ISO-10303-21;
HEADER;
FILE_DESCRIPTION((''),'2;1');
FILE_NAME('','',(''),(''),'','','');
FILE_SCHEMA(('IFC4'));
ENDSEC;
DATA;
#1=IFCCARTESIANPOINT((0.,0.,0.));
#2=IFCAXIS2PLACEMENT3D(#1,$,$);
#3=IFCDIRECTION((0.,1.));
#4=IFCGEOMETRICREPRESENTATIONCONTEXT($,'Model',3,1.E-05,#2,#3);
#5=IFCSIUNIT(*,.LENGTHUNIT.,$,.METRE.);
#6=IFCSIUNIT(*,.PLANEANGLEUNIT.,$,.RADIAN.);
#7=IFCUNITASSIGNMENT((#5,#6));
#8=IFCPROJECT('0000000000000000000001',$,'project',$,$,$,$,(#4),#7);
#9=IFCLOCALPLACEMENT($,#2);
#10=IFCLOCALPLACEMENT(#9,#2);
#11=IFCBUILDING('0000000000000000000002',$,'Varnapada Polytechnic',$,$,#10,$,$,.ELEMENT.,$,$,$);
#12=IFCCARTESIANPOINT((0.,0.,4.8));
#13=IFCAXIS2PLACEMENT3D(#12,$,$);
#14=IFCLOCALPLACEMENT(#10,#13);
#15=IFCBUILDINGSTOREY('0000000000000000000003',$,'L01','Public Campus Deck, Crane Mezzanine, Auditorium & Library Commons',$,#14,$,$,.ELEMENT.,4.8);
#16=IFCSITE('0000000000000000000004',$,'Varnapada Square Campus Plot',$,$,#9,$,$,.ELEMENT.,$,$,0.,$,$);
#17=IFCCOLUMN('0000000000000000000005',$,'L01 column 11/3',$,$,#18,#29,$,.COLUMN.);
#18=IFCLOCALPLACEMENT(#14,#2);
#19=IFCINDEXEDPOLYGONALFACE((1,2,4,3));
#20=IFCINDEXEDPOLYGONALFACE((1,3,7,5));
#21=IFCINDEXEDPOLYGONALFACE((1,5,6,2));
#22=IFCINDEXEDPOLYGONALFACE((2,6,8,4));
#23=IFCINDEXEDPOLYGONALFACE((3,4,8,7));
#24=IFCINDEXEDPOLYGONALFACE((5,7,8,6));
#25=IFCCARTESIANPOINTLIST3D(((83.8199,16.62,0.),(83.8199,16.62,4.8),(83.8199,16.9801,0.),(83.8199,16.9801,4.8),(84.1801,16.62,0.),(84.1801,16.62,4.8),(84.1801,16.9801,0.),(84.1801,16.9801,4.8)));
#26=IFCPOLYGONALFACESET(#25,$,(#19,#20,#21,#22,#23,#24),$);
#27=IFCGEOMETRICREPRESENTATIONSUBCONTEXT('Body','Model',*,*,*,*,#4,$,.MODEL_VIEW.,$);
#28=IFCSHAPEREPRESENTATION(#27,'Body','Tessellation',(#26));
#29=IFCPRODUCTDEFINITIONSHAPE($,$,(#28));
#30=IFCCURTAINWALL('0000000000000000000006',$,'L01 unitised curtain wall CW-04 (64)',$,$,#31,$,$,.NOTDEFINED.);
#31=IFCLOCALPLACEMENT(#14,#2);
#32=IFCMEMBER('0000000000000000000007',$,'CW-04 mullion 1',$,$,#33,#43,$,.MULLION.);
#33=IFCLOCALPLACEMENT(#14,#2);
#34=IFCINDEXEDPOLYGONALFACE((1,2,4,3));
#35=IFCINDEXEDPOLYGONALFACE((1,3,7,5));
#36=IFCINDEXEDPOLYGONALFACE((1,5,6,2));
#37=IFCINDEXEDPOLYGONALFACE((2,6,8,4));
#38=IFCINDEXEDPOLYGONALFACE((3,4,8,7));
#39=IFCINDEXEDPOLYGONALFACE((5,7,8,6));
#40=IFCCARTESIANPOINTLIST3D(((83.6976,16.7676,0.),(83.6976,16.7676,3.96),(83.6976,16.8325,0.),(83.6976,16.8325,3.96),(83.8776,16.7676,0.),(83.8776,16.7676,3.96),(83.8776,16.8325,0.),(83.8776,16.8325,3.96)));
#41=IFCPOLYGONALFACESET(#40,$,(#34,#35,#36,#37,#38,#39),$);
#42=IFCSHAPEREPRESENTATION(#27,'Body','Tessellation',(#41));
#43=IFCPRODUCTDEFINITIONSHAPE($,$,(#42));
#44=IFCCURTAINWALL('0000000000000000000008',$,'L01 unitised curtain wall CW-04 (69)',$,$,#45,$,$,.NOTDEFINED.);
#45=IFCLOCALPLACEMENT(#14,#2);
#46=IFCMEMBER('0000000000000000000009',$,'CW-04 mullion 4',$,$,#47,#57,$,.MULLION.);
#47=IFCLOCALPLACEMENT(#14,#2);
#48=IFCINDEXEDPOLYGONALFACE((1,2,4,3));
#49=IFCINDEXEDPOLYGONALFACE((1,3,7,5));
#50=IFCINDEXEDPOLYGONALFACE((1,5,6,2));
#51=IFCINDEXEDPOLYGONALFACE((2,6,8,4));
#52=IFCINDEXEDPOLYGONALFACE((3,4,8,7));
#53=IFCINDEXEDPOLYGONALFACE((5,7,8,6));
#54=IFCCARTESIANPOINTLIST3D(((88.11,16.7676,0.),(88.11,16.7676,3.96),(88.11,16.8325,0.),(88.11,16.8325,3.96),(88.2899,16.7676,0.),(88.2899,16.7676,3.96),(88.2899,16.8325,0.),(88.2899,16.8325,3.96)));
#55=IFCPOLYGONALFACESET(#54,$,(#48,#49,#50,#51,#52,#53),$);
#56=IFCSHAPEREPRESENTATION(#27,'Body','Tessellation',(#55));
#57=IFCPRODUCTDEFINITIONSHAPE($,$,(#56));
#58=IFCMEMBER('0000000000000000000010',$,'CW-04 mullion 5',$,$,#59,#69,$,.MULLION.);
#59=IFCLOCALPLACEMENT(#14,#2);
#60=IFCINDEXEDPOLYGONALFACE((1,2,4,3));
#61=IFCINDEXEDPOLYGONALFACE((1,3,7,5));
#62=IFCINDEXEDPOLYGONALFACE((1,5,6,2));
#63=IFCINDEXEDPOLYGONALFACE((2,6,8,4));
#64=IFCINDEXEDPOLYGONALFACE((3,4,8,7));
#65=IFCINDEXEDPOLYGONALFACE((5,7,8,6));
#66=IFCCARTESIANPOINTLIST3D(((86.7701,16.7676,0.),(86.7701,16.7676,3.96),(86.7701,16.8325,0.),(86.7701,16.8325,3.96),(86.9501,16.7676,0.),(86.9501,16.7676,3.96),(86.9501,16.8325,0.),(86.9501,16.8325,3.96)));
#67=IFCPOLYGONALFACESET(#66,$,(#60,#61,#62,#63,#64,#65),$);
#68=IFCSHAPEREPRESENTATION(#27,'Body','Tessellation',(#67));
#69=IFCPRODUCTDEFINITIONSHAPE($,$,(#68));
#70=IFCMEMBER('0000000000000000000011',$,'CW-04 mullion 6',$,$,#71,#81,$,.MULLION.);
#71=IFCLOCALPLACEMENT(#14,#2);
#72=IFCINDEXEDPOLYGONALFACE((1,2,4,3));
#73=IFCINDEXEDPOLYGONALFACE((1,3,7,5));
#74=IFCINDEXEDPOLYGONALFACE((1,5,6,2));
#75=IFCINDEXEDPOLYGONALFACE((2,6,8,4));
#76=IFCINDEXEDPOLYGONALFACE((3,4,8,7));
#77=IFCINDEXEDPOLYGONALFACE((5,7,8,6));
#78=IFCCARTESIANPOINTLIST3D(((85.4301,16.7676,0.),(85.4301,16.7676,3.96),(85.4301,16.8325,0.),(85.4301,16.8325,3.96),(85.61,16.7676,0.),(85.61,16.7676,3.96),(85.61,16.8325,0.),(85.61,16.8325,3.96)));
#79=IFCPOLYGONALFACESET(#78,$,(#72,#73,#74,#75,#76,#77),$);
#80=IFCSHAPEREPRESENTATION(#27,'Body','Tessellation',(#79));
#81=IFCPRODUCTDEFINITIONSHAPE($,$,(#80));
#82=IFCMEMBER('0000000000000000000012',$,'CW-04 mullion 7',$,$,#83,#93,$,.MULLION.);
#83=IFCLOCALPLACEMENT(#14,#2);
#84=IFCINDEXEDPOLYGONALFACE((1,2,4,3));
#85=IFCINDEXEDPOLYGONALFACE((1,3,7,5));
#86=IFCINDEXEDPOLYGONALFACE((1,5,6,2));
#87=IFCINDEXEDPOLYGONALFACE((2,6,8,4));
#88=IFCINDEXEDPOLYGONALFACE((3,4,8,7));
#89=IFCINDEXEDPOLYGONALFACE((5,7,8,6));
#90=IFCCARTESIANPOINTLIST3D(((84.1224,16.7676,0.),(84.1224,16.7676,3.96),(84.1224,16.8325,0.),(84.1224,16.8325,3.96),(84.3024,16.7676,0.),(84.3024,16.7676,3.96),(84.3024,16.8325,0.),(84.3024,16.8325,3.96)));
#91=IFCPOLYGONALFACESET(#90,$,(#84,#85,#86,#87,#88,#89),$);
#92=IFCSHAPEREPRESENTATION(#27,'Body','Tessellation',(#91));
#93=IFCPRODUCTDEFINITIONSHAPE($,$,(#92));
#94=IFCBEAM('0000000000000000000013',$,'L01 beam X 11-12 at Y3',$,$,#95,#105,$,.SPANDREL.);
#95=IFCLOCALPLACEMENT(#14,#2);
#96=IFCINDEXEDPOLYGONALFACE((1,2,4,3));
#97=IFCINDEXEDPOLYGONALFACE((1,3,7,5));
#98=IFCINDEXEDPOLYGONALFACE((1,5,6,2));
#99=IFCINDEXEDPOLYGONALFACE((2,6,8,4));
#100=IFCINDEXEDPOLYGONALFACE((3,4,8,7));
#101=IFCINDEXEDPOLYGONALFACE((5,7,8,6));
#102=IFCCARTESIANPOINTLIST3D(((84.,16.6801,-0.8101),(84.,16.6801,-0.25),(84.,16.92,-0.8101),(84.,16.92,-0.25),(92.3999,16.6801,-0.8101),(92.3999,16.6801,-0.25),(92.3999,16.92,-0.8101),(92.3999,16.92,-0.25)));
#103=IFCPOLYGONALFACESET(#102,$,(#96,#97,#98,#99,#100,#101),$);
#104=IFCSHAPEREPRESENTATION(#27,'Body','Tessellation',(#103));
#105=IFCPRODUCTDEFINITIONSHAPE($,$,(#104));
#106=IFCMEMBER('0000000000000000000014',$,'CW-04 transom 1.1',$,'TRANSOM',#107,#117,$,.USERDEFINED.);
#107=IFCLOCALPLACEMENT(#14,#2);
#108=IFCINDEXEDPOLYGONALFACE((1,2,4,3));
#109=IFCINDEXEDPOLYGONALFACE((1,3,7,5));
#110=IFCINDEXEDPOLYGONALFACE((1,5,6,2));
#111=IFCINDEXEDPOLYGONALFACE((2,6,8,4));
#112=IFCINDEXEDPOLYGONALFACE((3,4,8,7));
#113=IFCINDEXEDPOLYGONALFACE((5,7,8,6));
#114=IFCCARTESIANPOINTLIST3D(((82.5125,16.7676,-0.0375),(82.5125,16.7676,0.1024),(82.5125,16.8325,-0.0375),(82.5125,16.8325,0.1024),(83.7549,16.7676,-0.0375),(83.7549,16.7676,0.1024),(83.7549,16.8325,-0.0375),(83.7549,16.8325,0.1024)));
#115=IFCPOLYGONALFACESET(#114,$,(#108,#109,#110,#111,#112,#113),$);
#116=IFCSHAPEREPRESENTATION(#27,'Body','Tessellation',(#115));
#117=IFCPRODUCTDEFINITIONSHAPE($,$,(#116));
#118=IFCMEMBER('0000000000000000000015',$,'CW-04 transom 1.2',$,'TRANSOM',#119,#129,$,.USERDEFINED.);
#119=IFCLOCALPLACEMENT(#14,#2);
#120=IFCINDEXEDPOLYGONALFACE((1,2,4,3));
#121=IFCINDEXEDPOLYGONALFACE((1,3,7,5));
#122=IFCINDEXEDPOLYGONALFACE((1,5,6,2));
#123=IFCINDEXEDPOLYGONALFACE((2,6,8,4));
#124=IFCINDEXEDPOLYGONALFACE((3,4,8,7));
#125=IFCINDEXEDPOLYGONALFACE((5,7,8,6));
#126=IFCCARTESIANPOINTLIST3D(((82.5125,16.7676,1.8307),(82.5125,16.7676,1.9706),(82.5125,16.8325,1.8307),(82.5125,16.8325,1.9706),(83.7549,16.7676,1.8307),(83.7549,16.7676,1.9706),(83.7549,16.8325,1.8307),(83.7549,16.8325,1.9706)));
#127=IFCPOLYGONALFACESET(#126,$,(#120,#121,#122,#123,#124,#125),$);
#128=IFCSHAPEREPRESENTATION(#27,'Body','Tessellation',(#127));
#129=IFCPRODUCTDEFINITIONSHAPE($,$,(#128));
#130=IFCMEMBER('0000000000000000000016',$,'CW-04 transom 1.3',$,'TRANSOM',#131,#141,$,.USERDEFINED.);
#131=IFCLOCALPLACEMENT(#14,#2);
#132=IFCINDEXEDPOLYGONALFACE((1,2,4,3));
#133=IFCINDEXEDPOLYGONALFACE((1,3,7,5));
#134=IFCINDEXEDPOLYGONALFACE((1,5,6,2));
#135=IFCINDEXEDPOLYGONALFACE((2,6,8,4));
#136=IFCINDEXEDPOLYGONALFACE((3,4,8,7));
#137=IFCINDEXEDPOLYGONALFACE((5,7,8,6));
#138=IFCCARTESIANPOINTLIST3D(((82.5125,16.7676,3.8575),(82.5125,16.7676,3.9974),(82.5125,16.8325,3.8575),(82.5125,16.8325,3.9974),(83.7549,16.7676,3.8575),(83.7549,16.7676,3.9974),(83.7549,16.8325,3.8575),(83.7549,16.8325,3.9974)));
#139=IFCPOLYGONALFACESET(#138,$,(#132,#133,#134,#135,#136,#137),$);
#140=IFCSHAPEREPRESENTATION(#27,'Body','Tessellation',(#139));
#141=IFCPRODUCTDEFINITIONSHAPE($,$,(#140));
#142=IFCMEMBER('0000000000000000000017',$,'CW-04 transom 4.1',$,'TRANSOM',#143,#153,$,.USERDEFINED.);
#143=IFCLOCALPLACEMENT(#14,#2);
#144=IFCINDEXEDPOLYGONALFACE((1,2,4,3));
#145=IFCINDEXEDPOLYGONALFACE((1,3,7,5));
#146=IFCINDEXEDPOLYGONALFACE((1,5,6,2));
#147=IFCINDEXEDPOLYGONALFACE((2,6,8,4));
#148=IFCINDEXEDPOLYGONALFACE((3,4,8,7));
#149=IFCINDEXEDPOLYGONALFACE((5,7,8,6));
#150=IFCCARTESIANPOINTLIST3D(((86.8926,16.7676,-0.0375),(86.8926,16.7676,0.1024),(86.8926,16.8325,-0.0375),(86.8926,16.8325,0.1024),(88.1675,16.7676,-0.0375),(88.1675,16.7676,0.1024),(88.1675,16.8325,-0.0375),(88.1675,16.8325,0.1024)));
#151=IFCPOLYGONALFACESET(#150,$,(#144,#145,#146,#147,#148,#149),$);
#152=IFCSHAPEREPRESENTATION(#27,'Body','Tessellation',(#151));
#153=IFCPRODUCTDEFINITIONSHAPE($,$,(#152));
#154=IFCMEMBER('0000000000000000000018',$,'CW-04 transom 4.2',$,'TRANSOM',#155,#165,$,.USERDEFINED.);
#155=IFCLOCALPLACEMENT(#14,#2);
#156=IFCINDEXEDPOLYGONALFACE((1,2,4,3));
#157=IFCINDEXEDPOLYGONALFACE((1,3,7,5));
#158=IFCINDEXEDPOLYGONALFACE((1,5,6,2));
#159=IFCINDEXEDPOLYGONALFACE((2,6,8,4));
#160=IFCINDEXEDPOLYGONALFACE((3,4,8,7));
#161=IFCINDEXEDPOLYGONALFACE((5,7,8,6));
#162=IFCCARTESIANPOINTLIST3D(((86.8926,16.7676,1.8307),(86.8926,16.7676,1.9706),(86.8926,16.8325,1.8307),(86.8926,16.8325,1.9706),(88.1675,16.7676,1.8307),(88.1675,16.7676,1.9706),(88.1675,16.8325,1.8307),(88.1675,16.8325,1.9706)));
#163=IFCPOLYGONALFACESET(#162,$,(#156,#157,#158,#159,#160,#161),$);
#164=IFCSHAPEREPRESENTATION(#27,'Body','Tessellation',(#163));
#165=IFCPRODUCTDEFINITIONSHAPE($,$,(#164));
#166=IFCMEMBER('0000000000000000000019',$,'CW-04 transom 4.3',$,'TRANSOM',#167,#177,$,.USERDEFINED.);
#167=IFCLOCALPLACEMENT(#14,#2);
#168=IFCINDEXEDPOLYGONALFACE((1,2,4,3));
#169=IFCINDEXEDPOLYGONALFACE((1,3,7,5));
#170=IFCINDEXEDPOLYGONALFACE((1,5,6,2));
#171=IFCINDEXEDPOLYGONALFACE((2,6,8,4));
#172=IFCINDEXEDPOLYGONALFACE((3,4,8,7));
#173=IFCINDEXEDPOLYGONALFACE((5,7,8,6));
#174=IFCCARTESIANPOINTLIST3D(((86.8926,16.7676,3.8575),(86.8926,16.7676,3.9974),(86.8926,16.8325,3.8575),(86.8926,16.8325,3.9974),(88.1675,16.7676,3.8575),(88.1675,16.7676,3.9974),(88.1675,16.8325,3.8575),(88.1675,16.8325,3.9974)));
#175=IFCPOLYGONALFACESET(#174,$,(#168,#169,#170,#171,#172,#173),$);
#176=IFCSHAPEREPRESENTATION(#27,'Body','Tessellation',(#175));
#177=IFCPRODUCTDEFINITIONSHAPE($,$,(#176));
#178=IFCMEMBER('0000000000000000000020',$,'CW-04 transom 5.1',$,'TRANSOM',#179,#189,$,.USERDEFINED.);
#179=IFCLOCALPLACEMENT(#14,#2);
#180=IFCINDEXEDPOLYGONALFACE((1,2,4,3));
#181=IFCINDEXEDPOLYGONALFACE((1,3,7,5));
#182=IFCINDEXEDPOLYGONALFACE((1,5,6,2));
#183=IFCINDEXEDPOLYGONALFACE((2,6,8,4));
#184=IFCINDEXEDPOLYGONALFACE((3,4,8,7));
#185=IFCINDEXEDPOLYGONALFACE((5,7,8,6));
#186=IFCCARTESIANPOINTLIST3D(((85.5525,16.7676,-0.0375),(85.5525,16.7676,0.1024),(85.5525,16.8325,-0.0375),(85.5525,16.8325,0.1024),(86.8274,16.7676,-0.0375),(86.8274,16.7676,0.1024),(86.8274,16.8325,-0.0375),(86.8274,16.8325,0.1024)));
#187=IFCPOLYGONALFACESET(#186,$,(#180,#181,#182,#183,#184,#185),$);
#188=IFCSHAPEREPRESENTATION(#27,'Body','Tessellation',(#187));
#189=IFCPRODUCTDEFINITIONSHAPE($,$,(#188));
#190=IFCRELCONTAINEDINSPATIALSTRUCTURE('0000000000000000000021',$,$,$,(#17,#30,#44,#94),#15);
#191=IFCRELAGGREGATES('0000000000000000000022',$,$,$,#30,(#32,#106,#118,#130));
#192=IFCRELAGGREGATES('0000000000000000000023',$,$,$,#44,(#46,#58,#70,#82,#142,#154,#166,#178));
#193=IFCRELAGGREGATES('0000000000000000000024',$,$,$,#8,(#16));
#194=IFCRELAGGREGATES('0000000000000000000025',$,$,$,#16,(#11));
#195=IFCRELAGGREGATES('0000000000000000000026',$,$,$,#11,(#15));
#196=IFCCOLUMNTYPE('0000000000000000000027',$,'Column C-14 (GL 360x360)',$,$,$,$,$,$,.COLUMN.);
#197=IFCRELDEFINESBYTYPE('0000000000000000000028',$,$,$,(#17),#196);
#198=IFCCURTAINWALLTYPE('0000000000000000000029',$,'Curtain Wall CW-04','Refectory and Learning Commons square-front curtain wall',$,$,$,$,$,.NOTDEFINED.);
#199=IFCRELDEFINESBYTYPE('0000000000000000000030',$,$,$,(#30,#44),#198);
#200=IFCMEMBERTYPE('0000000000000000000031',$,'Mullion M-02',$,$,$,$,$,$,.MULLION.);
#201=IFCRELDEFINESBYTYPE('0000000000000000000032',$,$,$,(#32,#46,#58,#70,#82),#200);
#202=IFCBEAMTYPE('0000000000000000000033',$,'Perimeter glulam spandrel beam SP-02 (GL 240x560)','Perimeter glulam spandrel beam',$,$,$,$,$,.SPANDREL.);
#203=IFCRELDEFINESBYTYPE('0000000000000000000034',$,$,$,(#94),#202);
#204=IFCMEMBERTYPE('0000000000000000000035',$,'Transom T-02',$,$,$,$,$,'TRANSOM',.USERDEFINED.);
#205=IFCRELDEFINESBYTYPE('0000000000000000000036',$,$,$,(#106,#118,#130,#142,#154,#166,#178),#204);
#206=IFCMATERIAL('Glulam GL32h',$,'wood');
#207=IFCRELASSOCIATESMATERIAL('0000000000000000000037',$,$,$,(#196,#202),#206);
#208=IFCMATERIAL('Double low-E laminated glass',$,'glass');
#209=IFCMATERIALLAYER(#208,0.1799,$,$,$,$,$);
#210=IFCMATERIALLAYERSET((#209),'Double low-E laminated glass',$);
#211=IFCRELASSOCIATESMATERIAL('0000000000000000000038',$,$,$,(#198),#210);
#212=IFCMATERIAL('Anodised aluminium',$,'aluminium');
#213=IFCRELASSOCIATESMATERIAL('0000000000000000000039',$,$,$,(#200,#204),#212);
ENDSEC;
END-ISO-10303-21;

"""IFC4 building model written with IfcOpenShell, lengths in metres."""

from ifc_helpers import new_model, si_unit, direction, frame, origin, origin_2d, place, context, subcontext, project, spatial, rectangle, extrude, material, layer, layer_set, material_profile, profile_set, type_object, element, aggregate, save


model = new_model("IFC4")

# Units and contexts
model_context = context("Model", 3, precision=1e-05, world=origin(), true_north=direction((0.0, 1.0)))
body_context = subcontext(model_context, "Body", "Model", "MODEL_VIEW")
ifc_project = project(units=[si_unit("LENGTHUNIT", "METRE"), si_unit("PLANEANGLEUNIT", "RADIAN")], contexts=[model_context])

# Site, building, storey
site_placement = place(None, origin())
site = spatial("IfcSite", under=ifc_project, at=site_placement, Name="Varnapada Square Campus Plot", CompositionType="ELEMENT", RefElevation=0.0)
building_placement = place(site_placement, origin())
building = spatial("IfcBuilding", under=site, at=building_placement, Name="Varnapada Polytechnic", CompositionType="ELEMENT")
storey_placement = place(building_placement, frame((0.0, 0.0, 4.8)))
storey = spatial("IfcBuildingStorey", under=building, at=storey_placement, Name="L01", Description="Public Campus Deck, Crane Mezzanine, Auditorium & Library Commons", CompositionType="ELEMENT", Elevation=4.8)

# Column
ifc_material_1 = material(Name="Glulam GL32h", Category="wood")
ifc_material_profile_1 = material_profile(ifc_material_1, rectangle(XDim=0.3601, YDim=0.3601, at=origin_2d()), Name="GL 360x360")
ifc_profile_set_1 = profile_set([ifc_material_profile_1], Name="Glulam GL32h")
column_type = type_object("IfcColumnType", Name="Column C-14 (GL 360x360)", PredefinedType="COLUMN", material=ifc_profile_set_1)
column_placement = place(storey_placement, frame((84.0, 16.8, 0.0), z_axis=(0.0, 0.0, 1.0), x_axis=(1.0, 0.0, 0.0)))
element("IfcColumn", 1, at=column_placement, inside=storey, type_object=column_type, Name="L01 column 11/3", PredefinedType="COLUMN", context=body_context, shape_type="SweptSolid", body=[
    extrude(rectangle(XDim=0.3601, YDim=0.3601, at=origin_2d()), origin(), (0.0, 0.0, 1.0), 4.8),
])

# Curtain wall, member
ifc_material_2 = material(Name="Double low-E laminated glass", Category="glass")
ifc_layer_1 = layer(ifc_material_2, 0.1799)
ifc_layer_set_1 = layer_set([ifc_layer_1], Name="Double low-E laminated glass")
curtain_wall_type = type_object("IfcCurtainWallType", Name="Curtain Wall CW-04", Description="Refectory and Learning Commons square-front curtain wall", PredefinedType="NOTDEFINED", material=ifc_layer_set_1)
curtain_wall_1_placement = place(storey_placement, origin())
curtain_wall_1 = element("IfcCurtainWall", 2, at=curtain_wall_1_placement, inside=storey, type_object=curtain_wall_type, Name="L01 unitised curtain wall CW-04 (64)", PredefinedType="NOTDEFINED")
ifc_material_3 = material(Name="Anodised aluminium", Category="aluminium")
ifc_material_profile_2 = material_profile(ifc_material_3, rectangle(XDim=0.0649, YDim=0.1799, at=origin_2d()), Name="ALU M65x180")
ifc_profile_set_2 = profile_set([ifc_material_profile_2], Name="Anodised aluminium")
member_type_1 = type_object("IfcMemberType", Name="Mullion M-02", PredefinedType="MULLION", material=ifc_profile_set_2)
member_1_placement = place(storey_placement, frame((83.7876, 16.8, 0.0), z_axis=(0.0, 0.0, 1.0), x_axis=(0.0, -1.0, 0.0)))
member_1 = element("IfcMember", 3, at=member_1_placement, type_object=member_type_1, Name="CW-04 mullion 1", PredefinedType="MULLION", context=body_context, shape_type="SweptSolid", body=[
    extrude(rectangle(XDim=0.0649, YDim=0.1799, at=origin_2d()), origin(), (0.0, 0.0, 1.0), 3.96),
])

# Curtain wall, members
curtain_wall_2_placement = place(storey_placement, origin())
curtain_wall_2 = element("IfcCurtainWall", 4, at=curtain_wall_2_placement, inside=storey, type_object=curtain_wall_type, Name="L01 unitised curtain wall CW-04 (69)", PredefinedType="NOTDEFINED")
member_2_placement = place(storey_placement, frame((88.2, 16.8, 0.0), z_axis=(0.0, 0.0, 1.0), x_axis=(0.0, -1.0, 0.0)))
member_2 = element("IfcMember", 5, at=member_2_placement, type_object=member_type_1, Name="CW-04 mullion 4", PredefinedType="MULLION", context=body_context, shape_type="SweptSolid", body=[
    extrude(rectangle(XDim=0.0649, YDim=0.1799, at=origin_2d()), origin(), (0.0, 0.0, 1.0), 3.96),
])
member_3_placement = place(storey_placement, frame((86.8601, 16.8, 0.0), z_axis=(0.0, 0.0, 1.0), x_axis=(0.0, -1.0, 0.0)))
member_3 = element("IfcMember", 6, at=member_3_placement, type_object=member_type_1, Name="CW-04 mullion 5", PredefinedType="MULLION", context=body_context, shape_type="SweptSolid", body=[
    extrude(rectangle(XDim=0.0649, YDim=0.1799, at=origin_2d()), origin(), (0.0, 0.0, 1.0), 3.96),
])
member_4_placement = place(storey_placement, frame((85.52, 16.8, 0.0), z_axis=(0.0, 0.0, 1.0), x_axis=(0.0, -1.0, 0.0)))
member_4 = element("IfcMember", 7, at=member_4_placement, type_object=member_type_1, Name="CW-04 mullion 6", PredefinedType="MULLION", context=body_context, shape_type="SweptSolid", body=[
    extrude(rectangle(XDim=0.0649, YDim=0.1799, at=origin_2d()), origin(), (0.0, 0.0, 1.0), 3.96),
])
member_5_placement = place(storey_placement, frame((84.2124, 16.8, 0.0), z_axis=(0.0, 0.0, 1.0), x_axis=(0.0, -1.0, 0.0)))
member_5 = element("IfcMember", 8, at=member_5_placement, type_object=member_type_1, Name="CW-04 mullion 7", PredefinedType="MULLION", context=body_context, shape_type="SweptSolid", body=[
    extrude(rectangle(XDim=0.0649, YDim=0.1799, at=origin_2d()), origin(), (0.0, 0.0, 1.0), 3.96),
])

# Beam
ifc_material_profile_3 = material_profile(ifc_material_1, rectangle(XDim=0.24, YDim=0.5601, at=origin_2d()), Name="GL 240x560")
ifc_profile_set_3 = profile_set([ifc_material_profile_3], Name="Glulam GL32h")
beam_type_1 = type_object("IfcBeamType", Name="Perimeter glulam spandrel beam SP-02 (GL 240x560)", Description="Perimeter glulam spandrel beam", PredefinedType="SPANDREL", material=ifc_profile_set_3)
beam_1_placement = place(storey_placement, frame((84.0, 16.8, -0.53), z_axis=(1.0, 0.0, 0.0), x_axis=(0.0, 1.0, 0.0)))
element("IfcBeam", 9, at=beam_1_placement, inside=storey, type_object=beam_type_1, Name="L01 beam X 11-12 at Y3", PredefinedType="SPANDREL", context=body_context, shape_type="SweptSolid", body=[
    extrude(rectangle(XDim=0.24, YDim=0.5601, at=origin_2d()), origin(), (0.0, 0.0, 1.0), 8.3999),
])

# Members
ifc_material_profile_4 = material_profile(ifc_material_3, rectangle(XDim=0.0649, YDim=0.1399, at=origin_2d()), Name="ALU T65x140")
ifc_profile_set_4 = profile_set([ifc_material_profile_4], Name="Anodised aluminium")
member_type_2 = type_object("IfcMemberType", Name="Transom T-02", ElementType="TRANSOM", PredefinedType="USERDEFINED", material=ifc_profile_set_4)
member_6_placement = place(storey_placement, frame((83.7549, 16.8, 0.0325), z_axis=(-1.0, 0.0, 0.0), x_axis=(0.0, -1.0, 0.0)))
member_6 = element("IfcMember", 10, at=member_6_placement, type_object=member_type_2, Name="CW-04 transom 1.1", ObjectType="TRANSOM", PredefinedType="USERDEFINED", context=body_context, shape_type="SweptSolid", body=[
    extrude(rectangle(XDim=0.0649, YDim=0.1399, at=origin_2d()), origin(), (0.0, 0.0, 1.0), 1.2424),
])
member_7_placement = place(storey_placement, frame((83.7549, 16.8, 1.9006), z_axis=(-1.0, 0.0, 0.0), x_axis=(0.0, -1.0, 0.0)))
member_7 = element("IfcMember", 11, at=member_7_placement, type_object=member_type_2, Name="CW-04 transom 1.2", ObjectType="TRANSOM", PredefinedType="USERDEFINED", context=body_context, shape_type="SweptSolid", body=[
    extrude(rectangle(XDim=0.0649, YDim=0.1399, at=origin_2d()), origin(), (0.0, 0.0, 1.0), 1.2424),
])
member_8_placement = place(storey_placement, frame((83.7549, 16.8, 3.9275), z_axis=(-1.0, 0.0, 0.0), x_axis=(0.0, -1.0, 0.0)))
member_8 = element("IfcMember", 12, at=member_8_placement, type_object=member_type_2, Name="CW-04 transom 1.3", ObjectType="TRANSOM", PredefinedType="USERDEFINED", context=body_context, shape_type="SweptSolid", body=[
    extrude(rectangle(XDim=0.0649, YDim=0.1399, at=origin_2d()), origin(), (0.0, 0.0, 1.0), 1.2424),
])
aggregate(curtain_wall_1, [member_1, member_6, member_7, member_8])
member_9_placement = place(storey_placement, frame((88.1675, 16.8, 0.0325), z_axis=(-1.0, 0.0, 0.0), x_axis=(0.0, -1.0, 0.0)))
member_9 = element("IfcMember", 13, at=member_9_placement, type_object=member_type_2, Name="CW-04 transom 4.1", ObjectType="TRANSOM", PredefinedType="USERDEFINED", context=body_context, shape_type="SweptSolid", body=[
    extrude(rectangle(XDim=0.0649, YDim=0.1399, at=origin_2d()), origin(), (0.0, 0.0, 1.0), 1.2749),
])
member_10_placement = place(storey_placement, frame((88.1675, 16.8, 1.9006), z_axis=(-1.0, 0.0, 0.0), x_axis=(0.0, -1.0, 0.0)))
member_10 = element("IfcMember", 14, at=member_10_placement, type_object=member_type_2, Name="CW-04 transom 4.2", ObjectType="TRANSOM", PredefinedType="USERDEFINED", context=body_context, shape_type="SweptSolid", body=[
    extrude(rectangle(XDim=0.0649, YDim=0.1399, at=origin_2d()), origin(), (0.0, 0.0, 1.0), 1.2749),
])
member_11_placement = place(storey_placement, frame((88.1675, 16.8, 3.9275), z_axis=(-1.0, 0.0, 0.0), x_axis=(0.0, -1.0, 0.0)))
member_11 = element("IfcMember", 15, at=member_11_placement, type_object=member_type_2, Name="CW-04 transom 4.3", ObjectType="TRANSOM", PredefinedType="USERDEFINED", context=body_context, shape_type="SweptSolid", body=[
    extrude(rectangle(XDim=0.0649, YDim=0.1399, at=origin_2d()), origin(), (0.0, 0.0, 1.0), 1.2749),
])
member_12_placement = place(storey_placement, frame((86.8274, 16.8, 0.0325), z_axis=(-1.0, 0.0, 0.0), x_axis=(0.0, -1.0, 0.0)))
member_12 = element("IfcMember", 16, at=member_12_placement, type_object=member_type_2, Name="CW-04 transom 5.1", ObjectType="TRANSOM", PredefinedType="USERDEFINED", context=body_context, shape_type="SweptSolid", body=[
    extrude(rectangle(XDim=0.0649, YDim=0.1399, at=origin_2d()), origin(), (0.0, 0.0, 1.0), 1.2749),
])

aggregate(curtain_wall_2, [member_2, member_3, member_4, member_5, member_9, member_10, member_11, member_12])

save(model, "model.ifc")
